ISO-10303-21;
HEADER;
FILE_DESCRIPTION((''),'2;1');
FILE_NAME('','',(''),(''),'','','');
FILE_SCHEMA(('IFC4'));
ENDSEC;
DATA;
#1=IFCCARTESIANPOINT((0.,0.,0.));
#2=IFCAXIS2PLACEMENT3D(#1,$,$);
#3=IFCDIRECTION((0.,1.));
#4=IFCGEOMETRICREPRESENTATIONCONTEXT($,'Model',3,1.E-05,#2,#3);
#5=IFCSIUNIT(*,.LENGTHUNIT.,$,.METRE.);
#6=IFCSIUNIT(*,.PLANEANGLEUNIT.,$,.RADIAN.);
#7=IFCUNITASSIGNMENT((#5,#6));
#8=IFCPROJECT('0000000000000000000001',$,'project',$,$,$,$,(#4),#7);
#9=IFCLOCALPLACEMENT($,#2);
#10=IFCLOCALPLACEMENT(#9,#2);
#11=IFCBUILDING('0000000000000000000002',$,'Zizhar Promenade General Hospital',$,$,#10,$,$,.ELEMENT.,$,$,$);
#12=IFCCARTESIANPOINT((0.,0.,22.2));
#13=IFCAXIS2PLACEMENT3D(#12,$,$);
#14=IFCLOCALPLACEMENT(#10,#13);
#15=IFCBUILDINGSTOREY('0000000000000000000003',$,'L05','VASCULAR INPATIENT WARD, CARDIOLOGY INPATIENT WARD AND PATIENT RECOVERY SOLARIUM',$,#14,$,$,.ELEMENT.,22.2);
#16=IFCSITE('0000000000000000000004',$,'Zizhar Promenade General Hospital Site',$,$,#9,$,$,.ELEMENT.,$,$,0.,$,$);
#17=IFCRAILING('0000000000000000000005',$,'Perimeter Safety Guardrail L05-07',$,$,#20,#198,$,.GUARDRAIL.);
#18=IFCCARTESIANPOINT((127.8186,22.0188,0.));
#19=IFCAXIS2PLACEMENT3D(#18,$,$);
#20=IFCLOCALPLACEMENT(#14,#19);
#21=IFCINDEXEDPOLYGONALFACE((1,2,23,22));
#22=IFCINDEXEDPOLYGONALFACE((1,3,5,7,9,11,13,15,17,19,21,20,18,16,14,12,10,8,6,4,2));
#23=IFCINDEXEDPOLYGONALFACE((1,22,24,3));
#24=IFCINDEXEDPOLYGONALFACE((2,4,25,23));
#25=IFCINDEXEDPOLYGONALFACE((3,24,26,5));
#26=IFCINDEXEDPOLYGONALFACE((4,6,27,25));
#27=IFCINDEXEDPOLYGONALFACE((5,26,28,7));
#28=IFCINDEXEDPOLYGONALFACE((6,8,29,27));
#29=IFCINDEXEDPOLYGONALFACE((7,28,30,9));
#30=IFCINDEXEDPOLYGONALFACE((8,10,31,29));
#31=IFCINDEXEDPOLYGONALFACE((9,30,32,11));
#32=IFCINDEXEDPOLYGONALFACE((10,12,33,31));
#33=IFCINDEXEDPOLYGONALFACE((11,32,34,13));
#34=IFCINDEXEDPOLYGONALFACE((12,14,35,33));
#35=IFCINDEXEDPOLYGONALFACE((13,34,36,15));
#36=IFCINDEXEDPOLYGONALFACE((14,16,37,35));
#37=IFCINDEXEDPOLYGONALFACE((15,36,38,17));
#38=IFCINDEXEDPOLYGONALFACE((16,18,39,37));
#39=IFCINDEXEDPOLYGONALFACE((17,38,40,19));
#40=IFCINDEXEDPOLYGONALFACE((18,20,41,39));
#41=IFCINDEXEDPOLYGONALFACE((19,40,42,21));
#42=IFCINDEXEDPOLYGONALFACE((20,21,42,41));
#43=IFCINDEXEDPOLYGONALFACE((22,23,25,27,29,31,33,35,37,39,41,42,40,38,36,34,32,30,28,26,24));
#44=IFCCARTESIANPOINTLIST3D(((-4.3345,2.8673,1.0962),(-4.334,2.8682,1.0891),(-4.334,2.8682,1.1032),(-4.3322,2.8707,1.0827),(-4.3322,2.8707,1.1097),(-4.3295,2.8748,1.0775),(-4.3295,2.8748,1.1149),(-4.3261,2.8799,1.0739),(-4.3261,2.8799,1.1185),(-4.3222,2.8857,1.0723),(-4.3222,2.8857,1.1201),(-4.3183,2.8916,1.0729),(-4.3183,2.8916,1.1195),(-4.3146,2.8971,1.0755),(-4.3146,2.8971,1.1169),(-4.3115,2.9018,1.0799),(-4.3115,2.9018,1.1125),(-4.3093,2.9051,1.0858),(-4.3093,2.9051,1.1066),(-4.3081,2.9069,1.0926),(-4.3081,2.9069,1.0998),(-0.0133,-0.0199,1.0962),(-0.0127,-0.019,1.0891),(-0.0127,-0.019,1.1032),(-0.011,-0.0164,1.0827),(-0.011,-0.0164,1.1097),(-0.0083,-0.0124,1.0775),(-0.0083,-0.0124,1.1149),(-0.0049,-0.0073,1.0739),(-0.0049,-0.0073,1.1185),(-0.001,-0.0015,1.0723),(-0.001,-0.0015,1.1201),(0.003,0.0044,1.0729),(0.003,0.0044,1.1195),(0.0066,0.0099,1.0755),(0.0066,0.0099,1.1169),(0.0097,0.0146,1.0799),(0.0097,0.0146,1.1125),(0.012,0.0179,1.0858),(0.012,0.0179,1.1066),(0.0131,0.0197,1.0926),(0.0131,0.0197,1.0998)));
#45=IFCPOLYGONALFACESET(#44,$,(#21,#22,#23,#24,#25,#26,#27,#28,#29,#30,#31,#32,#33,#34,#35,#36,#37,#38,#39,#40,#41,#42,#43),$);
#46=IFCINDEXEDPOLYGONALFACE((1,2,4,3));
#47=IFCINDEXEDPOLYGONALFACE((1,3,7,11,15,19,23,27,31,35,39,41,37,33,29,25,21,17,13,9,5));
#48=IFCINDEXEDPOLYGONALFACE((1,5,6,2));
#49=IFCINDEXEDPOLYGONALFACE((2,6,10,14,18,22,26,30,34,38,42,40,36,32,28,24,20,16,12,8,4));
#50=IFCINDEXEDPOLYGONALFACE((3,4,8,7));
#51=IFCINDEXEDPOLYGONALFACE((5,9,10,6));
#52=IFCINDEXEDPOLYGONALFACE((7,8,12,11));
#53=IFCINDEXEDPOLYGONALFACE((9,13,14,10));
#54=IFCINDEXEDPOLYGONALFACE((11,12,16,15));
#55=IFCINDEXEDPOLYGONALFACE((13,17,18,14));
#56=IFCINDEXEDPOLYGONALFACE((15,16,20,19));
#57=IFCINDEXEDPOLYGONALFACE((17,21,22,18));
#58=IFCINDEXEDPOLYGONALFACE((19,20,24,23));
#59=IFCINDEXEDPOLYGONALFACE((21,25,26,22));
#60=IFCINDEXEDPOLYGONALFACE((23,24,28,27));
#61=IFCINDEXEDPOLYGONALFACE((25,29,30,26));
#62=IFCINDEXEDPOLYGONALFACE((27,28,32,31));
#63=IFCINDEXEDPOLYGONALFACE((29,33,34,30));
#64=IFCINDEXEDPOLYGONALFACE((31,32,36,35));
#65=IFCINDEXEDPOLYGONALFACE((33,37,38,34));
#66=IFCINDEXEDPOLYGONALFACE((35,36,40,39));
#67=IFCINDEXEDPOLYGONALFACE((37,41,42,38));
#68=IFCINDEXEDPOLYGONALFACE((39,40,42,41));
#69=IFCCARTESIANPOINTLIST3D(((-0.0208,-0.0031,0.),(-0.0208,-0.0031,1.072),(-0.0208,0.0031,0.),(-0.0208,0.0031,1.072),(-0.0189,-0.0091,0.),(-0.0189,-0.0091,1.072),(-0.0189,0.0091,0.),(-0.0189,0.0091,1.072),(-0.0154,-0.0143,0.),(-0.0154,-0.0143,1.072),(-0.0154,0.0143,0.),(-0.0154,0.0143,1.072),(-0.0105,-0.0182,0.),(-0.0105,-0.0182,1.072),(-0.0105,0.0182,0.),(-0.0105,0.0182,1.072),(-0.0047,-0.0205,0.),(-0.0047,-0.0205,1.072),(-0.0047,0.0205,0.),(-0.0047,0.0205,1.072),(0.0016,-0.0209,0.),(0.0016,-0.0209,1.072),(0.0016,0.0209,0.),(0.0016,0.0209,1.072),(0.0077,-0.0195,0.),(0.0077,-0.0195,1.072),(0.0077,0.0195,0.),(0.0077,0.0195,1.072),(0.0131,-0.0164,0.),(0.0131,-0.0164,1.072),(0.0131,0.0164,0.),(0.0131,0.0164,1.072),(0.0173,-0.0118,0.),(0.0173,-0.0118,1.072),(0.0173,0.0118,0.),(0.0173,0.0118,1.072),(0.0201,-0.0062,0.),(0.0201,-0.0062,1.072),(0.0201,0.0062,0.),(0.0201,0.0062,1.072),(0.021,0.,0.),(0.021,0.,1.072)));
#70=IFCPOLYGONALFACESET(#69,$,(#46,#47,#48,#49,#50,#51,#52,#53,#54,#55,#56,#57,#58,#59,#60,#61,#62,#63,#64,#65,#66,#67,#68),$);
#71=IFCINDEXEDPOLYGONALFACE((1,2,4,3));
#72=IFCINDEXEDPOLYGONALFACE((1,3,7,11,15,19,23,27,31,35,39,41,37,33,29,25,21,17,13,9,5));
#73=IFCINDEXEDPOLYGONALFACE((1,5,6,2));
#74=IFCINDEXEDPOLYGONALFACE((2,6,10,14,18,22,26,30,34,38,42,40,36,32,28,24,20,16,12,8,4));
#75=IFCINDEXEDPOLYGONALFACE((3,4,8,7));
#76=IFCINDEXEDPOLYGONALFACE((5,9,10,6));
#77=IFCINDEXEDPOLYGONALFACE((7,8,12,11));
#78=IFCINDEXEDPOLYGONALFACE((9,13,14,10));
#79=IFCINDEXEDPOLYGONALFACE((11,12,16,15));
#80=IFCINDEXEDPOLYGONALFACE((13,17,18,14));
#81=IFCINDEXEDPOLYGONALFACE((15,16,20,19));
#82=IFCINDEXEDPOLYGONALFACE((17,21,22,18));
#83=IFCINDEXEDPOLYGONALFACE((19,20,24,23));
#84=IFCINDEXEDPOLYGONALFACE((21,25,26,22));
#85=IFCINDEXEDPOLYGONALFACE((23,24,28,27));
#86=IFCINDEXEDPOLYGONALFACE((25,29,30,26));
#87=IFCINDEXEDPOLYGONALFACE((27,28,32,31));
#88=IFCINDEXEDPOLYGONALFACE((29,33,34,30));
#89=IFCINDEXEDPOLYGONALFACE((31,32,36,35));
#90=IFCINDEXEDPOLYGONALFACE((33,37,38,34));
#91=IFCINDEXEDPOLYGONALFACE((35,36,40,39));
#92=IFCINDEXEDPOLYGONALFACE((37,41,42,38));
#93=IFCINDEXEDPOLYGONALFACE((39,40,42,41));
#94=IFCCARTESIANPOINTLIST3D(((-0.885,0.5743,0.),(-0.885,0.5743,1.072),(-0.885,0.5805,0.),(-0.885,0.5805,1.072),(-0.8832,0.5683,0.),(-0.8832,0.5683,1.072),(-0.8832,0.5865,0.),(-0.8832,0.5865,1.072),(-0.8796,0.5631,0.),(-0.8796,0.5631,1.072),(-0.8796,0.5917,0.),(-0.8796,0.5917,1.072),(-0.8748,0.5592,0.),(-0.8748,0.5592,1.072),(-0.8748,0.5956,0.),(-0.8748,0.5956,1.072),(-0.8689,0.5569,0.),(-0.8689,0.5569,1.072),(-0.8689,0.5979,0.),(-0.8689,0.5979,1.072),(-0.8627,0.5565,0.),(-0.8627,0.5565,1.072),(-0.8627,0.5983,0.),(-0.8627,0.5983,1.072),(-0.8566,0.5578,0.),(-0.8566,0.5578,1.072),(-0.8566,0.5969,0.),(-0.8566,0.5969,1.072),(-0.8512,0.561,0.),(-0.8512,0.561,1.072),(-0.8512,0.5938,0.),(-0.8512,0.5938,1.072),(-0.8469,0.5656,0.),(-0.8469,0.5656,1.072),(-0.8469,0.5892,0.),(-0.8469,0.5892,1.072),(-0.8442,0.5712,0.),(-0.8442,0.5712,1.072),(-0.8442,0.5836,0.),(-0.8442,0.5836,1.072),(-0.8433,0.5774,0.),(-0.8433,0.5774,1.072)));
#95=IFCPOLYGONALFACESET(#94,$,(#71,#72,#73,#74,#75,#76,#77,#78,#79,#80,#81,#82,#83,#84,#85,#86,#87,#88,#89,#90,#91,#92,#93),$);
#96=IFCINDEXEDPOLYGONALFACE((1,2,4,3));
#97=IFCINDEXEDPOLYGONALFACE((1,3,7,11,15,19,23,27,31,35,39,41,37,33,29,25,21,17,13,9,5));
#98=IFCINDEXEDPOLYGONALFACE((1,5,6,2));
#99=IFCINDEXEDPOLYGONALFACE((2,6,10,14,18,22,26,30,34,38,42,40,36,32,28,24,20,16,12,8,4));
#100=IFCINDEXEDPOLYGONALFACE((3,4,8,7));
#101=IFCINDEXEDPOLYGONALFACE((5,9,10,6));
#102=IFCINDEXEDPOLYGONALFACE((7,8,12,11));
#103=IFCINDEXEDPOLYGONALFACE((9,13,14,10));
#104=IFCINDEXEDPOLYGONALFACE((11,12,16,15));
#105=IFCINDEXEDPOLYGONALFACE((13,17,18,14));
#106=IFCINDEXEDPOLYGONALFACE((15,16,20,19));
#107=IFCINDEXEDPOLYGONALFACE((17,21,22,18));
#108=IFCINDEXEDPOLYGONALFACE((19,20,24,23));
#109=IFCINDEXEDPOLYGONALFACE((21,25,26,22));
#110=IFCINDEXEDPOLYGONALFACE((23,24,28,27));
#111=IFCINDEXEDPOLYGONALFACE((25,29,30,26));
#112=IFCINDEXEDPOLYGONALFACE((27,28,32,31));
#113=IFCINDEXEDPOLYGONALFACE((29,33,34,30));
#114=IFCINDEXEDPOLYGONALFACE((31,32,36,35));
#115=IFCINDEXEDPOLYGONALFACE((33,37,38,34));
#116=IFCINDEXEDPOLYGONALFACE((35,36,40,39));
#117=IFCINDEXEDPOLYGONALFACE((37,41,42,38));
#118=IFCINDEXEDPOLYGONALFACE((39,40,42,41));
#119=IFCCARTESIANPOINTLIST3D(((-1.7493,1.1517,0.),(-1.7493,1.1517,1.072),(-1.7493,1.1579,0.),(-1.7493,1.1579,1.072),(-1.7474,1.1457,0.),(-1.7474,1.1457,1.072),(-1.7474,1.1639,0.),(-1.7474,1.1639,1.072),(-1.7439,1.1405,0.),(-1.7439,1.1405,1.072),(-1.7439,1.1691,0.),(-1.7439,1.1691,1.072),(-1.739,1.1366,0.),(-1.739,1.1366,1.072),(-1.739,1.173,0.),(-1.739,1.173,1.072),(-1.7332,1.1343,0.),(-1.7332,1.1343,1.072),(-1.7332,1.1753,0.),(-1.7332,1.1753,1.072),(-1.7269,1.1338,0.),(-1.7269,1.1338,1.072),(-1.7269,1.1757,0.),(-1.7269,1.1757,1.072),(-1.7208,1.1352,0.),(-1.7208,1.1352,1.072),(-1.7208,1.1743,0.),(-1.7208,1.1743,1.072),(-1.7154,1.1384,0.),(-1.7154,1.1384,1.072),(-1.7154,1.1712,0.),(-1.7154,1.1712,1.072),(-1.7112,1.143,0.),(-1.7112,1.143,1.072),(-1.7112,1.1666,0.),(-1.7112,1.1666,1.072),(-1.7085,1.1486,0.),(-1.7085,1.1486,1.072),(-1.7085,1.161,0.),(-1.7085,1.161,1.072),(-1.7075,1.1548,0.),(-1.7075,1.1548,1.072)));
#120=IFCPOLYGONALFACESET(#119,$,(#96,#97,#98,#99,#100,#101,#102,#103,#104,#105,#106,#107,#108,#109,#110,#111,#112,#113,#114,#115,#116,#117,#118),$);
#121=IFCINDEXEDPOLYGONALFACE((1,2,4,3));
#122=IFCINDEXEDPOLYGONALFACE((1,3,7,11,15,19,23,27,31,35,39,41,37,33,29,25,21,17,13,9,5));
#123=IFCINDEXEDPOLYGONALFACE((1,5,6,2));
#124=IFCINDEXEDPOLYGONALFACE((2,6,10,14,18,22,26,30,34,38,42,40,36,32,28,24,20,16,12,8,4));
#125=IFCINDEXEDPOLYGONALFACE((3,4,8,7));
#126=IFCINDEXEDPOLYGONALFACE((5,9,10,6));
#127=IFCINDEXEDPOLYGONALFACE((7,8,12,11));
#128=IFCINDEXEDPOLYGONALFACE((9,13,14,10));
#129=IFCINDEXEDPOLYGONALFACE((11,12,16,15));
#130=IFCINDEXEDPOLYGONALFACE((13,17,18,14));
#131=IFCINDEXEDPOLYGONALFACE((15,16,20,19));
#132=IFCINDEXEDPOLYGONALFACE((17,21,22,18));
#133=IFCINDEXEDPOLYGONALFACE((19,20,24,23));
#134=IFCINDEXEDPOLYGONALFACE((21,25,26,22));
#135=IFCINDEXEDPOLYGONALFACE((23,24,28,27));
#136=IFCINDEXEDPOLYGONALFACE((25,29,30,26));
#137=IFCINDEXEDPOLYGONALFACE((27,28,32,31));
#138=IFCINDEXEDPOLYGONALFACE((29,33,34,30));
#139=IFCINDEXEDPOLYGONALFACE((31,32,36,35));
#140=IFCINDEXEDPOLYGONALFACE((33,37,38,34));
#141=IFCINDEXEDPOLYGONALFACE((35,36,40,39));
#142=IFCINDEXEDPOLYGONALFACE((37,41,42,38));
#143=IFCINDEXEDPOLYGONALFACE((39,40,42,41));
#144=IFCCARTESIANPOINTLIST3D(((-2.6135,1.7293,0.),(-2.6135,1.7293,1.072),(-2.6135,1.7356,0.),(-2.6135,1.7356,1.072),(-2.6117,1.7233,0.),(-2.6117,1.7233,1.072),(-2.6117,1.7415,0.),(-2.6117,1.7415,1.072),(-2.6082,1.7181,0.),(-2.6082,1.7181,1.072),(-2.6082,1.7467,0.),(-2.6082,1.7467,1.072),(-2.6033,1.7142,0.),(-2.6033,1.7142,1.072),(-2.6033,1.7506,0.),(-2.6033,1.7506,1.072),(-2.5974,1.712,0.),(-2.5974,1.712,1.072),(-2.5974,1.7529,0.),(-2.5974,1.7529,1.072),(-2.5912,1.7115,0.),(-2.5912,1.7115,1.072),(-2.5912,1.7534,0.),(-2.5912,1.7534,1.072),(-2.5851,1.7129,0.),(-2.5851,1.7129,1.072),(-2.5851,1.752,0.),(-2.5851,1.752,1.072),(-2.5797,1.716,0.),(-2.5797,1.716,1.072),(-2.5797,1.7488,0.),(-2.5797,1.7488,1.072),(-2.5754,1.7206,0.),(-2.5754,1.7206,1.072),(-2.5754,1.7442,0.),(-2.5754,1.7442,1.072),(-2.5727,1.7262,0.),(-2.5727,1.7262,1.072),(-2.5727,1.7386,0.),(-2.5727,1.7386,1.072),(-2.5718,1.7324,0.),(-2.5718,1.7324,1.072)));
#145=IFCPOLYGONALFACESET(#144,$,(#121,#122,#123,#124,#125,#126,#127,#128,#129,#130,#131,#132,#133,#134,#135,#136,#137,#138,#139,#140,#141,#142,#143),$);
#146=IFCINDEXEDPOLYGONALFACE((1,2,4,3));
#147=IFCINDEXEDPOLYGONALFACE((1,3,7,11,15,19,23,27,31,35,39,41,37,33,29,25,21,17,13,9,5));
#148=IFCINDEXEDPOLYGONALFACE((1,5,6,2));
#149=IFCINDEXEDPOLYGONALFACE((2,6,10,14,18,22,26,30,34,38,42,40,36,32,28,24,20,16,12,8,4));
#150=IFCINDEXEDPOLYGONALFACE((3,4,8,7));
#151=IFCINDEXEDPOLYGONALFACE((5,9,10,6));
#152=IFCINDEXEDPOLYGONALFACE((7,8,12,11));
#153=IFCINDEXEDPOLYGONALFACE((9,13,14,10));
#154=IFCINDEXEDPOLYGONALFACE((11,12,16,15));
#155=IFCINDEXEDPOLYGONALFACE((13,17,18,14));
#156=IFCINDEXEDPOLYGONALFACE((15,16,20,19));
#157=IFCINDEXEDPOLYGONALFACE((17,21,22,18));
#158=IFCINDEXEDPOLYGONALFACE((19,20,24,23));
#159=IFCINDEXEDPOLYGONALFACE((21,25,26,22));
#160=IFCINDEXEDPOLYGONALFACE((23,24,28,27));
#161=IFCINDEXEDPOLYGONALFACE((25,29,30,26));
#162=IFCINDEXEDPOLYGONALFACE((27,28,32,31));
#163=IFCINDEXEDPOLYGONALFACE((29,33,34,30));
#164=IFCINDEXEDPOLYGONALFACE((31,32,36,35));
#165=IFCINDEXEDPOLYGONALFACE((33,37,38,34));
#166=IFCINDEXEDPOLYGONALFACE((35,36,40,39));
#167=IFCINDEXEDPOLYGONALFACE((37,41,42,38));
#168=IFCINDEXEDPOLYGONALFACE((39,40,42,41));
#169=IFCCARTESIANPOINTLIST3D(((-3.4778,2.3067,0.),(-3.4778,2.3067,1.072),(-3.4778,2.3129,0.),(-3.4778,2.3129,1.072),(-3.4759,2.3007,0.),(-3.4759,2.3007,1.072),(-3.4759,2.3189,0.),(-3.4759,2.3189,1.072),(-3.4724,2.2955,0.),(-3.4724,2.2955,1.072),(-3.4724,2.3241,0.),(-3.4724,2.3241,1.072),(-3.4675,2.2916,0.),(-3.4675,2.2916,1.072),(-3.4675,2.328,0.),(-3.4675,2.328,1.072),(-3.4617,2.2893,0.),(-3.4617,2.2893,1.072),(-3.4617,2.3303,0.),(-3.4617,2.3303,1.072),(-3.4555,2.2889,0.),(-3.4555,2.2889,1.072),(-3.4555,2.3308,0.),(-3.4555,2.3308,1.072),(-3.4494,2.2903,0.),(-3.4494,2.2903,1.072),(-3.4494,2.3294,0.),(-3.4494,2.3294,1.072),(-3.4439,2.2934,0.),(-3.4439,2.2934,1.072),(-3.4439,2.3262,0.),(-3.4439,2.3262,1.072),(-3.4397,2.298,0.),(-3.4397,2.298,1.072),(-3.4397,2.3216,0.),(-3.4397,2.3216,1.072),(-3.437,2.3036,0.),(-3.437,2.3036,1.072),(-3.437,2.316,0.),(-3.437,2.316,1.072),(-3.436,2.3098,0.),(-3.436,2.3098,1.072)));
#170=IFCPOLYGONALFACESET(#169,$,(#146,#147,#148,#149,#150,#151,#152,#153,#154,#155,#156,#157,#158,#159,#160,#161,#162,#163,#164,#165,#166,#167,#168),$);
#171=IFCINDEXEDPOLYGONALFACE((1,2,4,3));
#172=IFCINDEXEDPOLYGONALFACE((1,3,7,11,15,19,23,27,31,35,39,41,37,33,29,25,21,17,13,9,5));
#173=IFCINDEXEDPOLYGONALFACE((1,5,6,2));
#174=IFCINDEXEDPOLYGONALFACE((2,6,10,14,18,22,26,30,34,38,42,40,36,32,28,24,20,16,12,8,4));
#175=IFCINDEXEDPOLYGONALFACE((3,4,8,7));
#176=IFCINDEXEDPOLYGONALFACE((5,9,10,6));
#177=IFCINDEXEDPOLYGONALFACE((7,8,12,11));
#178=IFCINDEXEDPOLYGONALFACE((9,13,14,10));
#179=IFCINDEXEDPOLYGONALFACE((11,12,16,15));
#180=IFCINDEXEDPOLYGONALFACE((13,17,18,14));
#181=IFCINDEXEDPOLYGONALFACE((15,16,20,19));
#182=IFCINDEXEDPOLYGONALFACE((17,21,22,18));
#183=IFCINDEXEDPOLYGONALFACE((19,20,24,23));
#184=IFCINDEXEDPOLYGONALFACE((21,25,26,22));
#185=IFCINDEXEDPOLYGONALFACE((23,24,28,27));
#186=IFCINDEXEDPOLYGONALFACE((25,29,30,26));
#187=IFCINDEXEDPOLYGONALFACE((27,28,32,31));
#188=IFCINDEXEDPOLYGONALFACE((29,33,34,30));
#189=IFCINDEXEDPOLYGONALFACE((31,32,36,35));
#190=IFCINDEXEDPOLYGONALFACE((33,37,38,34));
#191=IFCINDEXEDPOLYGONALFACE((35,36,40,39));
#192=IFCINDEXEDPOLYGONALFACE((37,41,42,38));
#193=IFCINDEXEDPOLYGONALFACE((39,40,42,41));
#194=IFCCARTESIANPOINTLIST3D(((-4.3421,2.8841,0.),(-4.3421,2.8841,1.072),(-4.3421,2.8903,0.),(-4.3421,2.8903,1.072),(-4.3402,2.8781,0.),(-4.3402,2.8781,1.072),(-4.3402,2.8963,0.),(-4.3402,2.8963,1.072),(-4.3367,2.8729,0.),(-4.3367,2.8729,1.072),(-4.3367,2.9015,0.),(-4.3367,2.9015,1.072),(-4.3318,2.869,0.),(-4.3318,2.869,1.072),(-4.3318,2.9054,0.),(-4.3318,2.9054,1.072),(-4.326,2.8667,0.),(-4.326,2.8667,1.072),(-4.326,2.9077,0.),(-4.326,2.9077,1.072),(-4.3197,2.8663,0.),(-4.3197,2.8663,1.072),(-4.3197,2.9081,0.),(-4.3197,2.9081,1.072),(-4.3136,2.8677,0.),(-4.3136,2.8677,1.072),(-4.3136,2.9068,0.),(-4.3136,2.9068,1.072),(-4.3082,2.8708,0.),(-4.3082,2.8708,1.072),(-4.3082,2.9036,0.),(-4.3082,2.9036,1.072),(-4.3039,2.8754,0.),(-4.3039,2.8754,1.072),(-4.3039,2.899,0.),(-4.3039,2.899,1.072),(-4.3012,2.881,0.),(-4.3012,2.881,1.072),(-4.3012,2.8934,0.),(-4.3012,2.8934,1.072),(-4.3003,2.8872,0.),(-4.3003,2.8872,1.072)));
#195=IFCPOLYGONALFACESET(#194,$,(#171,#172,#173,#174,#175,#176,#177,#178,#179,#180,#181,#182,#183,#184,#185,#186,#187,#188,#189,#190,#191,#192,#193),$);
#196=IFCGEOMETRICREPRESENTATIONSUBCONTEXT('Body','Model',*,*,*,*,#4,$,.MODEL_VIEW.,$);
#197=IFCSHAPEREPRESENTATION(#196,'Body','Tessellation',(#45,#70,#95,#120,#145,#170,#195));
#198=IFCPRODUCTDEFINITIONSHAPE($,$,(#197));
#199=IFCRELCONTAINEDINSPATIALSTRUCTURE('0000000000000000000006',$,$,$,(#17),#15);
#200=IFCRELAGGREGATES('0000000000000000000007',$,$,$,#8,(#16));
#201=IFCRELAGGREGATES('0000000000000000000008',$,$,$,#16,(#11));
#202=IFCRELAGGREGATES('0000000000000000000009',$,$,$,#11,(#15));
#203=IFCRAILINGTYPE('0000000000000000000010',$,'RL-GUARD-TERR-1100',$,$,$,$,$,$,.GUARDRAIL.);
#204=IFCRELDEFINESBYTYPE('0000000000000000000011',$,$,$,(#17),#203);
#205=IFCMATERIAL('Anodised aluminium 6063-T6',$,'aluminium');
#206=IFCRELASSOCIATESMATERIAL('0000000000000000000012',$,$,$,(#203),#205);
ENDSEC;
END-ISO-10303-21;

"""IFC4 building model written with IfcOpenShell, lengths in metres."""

from ifc_helpers import new_model, si_unit, direction, frame, origin, origin_2d, place, context, subcontext, project, spatial, circle, hollow_circle, extrude, material, material_profile, profile_set, type_object, element, save


model = new_model("IFC4")

# Units and contexts
model_context = context("Model", 3, precision=1e-05, world=origin(), true_north=direction((0.0, 1.0)))
body_context = subcontext(model_context, "Body", "Model", "MODEL_VIEW")
ifc_project = project(units=[si_unit("LENGTHUNIT", "METRE"), si_unit("PLANEANGLEUNIT", "RADIAN")], contexts=[model_context])

# Site, building, storey
site_placement = place(None, origin())
site = spatial("IfcSite", under=ifc_project, at=site_placement, Name="Zizhar Promenade General Hospital Site", CompositionType="ELEMENT", RefElevation=0.0)
building_placement = place(site_placement, origin())
building = spatial("IfcBuilding", under=site, at=building_placement, Name="Zizhar Promenade General Hospital", CompositionType="ELEMENT")
storey_placement = place(building_placement, frame((0.0, 0.0, 22.2)))
storey = spatial("IfcBuildingStorey", under=building, at=storey_placement, Name="L05", Description="VASCULAR INPATIENT WARD, CARDIOLOGY INPATIENT WARD AND PATIENT RECOVERY SOLARIUM", CompositionType="ELEMENT", Elevation=22.2)

# Railing
ifc_material_1 = material(Name="Anodised aluminium 6063-T6", Category="aluminium")
ifc_material_profile_1 = material_profile(ifc_material_1, hollow_circle(Radius=0.0698, WallThickness=0.0063, at=origin_2d()))
ifc_profile_set_1 = profile_set([ifc_material_profile_1], Name="Anodised aluminium 6063-T6")
railing_type = type_object("IfcRailingType", Name="RL-GUARD-TERR-1100", PredefinedType="GUARDRAIL", material=ifc_profile_set_1)
railing_1_placement = place(storey_placement, frame((127.8186, 22.0188, 0.0)))
element("IfcRailing", 1, at=railing_1_placement, inside=storey, type_object=railing_type, Name="Perimeter Safety Guardrail L05-07", PredefinedType="GUARDRAIL", context=body_context, shape_type="SweptSolid", body=[
    extrude(circle(Radius=0.0239, at=origin_2d()), frame((0.0, 0.0, 1.0962), z_axis=(-0.831486, 0.555545, 0.0), x_axis=(-0.555545, -0.831486, 0.0)), (0.0, 0.0, 1.0), 5.197),
    extrude(circle(Radius=0.021, at=origin_2d()), origin(), (0.0, 0.0, 1.0), 1.072),
    extrude(circle(Radius=0.021, at=origin_2d()), frame((-0.8643, 0.5774, 0.0)), (0.0, 0.0, 1.0), 1.072),
    extrude(circle(Radius=0.021, at=origin_2d()), frame((-1.7285, 1.1548, 0.0)), (0.0, 0.0, 1.0), 1.072),
    extrude(circle(Radius=0.021, at=origin_2d()), frame((-2.5928, 1.7324, 0.0)), (0.0, 0.0, 1.0), 1.072),
    extrude(circle(Radius=0.021, at=origin_2d()), frame((-3.457, 2.3098, 0.0)), (0.0, 0.0, 1.0), 1.072),
    extrude(circle(Radius=0.021, at=origin_2d()), frame((-4.3213, 2.8872, 0.0)), (0.0, 0.0, 1.0), 1.072),
])

save(model, "model.ifc")
